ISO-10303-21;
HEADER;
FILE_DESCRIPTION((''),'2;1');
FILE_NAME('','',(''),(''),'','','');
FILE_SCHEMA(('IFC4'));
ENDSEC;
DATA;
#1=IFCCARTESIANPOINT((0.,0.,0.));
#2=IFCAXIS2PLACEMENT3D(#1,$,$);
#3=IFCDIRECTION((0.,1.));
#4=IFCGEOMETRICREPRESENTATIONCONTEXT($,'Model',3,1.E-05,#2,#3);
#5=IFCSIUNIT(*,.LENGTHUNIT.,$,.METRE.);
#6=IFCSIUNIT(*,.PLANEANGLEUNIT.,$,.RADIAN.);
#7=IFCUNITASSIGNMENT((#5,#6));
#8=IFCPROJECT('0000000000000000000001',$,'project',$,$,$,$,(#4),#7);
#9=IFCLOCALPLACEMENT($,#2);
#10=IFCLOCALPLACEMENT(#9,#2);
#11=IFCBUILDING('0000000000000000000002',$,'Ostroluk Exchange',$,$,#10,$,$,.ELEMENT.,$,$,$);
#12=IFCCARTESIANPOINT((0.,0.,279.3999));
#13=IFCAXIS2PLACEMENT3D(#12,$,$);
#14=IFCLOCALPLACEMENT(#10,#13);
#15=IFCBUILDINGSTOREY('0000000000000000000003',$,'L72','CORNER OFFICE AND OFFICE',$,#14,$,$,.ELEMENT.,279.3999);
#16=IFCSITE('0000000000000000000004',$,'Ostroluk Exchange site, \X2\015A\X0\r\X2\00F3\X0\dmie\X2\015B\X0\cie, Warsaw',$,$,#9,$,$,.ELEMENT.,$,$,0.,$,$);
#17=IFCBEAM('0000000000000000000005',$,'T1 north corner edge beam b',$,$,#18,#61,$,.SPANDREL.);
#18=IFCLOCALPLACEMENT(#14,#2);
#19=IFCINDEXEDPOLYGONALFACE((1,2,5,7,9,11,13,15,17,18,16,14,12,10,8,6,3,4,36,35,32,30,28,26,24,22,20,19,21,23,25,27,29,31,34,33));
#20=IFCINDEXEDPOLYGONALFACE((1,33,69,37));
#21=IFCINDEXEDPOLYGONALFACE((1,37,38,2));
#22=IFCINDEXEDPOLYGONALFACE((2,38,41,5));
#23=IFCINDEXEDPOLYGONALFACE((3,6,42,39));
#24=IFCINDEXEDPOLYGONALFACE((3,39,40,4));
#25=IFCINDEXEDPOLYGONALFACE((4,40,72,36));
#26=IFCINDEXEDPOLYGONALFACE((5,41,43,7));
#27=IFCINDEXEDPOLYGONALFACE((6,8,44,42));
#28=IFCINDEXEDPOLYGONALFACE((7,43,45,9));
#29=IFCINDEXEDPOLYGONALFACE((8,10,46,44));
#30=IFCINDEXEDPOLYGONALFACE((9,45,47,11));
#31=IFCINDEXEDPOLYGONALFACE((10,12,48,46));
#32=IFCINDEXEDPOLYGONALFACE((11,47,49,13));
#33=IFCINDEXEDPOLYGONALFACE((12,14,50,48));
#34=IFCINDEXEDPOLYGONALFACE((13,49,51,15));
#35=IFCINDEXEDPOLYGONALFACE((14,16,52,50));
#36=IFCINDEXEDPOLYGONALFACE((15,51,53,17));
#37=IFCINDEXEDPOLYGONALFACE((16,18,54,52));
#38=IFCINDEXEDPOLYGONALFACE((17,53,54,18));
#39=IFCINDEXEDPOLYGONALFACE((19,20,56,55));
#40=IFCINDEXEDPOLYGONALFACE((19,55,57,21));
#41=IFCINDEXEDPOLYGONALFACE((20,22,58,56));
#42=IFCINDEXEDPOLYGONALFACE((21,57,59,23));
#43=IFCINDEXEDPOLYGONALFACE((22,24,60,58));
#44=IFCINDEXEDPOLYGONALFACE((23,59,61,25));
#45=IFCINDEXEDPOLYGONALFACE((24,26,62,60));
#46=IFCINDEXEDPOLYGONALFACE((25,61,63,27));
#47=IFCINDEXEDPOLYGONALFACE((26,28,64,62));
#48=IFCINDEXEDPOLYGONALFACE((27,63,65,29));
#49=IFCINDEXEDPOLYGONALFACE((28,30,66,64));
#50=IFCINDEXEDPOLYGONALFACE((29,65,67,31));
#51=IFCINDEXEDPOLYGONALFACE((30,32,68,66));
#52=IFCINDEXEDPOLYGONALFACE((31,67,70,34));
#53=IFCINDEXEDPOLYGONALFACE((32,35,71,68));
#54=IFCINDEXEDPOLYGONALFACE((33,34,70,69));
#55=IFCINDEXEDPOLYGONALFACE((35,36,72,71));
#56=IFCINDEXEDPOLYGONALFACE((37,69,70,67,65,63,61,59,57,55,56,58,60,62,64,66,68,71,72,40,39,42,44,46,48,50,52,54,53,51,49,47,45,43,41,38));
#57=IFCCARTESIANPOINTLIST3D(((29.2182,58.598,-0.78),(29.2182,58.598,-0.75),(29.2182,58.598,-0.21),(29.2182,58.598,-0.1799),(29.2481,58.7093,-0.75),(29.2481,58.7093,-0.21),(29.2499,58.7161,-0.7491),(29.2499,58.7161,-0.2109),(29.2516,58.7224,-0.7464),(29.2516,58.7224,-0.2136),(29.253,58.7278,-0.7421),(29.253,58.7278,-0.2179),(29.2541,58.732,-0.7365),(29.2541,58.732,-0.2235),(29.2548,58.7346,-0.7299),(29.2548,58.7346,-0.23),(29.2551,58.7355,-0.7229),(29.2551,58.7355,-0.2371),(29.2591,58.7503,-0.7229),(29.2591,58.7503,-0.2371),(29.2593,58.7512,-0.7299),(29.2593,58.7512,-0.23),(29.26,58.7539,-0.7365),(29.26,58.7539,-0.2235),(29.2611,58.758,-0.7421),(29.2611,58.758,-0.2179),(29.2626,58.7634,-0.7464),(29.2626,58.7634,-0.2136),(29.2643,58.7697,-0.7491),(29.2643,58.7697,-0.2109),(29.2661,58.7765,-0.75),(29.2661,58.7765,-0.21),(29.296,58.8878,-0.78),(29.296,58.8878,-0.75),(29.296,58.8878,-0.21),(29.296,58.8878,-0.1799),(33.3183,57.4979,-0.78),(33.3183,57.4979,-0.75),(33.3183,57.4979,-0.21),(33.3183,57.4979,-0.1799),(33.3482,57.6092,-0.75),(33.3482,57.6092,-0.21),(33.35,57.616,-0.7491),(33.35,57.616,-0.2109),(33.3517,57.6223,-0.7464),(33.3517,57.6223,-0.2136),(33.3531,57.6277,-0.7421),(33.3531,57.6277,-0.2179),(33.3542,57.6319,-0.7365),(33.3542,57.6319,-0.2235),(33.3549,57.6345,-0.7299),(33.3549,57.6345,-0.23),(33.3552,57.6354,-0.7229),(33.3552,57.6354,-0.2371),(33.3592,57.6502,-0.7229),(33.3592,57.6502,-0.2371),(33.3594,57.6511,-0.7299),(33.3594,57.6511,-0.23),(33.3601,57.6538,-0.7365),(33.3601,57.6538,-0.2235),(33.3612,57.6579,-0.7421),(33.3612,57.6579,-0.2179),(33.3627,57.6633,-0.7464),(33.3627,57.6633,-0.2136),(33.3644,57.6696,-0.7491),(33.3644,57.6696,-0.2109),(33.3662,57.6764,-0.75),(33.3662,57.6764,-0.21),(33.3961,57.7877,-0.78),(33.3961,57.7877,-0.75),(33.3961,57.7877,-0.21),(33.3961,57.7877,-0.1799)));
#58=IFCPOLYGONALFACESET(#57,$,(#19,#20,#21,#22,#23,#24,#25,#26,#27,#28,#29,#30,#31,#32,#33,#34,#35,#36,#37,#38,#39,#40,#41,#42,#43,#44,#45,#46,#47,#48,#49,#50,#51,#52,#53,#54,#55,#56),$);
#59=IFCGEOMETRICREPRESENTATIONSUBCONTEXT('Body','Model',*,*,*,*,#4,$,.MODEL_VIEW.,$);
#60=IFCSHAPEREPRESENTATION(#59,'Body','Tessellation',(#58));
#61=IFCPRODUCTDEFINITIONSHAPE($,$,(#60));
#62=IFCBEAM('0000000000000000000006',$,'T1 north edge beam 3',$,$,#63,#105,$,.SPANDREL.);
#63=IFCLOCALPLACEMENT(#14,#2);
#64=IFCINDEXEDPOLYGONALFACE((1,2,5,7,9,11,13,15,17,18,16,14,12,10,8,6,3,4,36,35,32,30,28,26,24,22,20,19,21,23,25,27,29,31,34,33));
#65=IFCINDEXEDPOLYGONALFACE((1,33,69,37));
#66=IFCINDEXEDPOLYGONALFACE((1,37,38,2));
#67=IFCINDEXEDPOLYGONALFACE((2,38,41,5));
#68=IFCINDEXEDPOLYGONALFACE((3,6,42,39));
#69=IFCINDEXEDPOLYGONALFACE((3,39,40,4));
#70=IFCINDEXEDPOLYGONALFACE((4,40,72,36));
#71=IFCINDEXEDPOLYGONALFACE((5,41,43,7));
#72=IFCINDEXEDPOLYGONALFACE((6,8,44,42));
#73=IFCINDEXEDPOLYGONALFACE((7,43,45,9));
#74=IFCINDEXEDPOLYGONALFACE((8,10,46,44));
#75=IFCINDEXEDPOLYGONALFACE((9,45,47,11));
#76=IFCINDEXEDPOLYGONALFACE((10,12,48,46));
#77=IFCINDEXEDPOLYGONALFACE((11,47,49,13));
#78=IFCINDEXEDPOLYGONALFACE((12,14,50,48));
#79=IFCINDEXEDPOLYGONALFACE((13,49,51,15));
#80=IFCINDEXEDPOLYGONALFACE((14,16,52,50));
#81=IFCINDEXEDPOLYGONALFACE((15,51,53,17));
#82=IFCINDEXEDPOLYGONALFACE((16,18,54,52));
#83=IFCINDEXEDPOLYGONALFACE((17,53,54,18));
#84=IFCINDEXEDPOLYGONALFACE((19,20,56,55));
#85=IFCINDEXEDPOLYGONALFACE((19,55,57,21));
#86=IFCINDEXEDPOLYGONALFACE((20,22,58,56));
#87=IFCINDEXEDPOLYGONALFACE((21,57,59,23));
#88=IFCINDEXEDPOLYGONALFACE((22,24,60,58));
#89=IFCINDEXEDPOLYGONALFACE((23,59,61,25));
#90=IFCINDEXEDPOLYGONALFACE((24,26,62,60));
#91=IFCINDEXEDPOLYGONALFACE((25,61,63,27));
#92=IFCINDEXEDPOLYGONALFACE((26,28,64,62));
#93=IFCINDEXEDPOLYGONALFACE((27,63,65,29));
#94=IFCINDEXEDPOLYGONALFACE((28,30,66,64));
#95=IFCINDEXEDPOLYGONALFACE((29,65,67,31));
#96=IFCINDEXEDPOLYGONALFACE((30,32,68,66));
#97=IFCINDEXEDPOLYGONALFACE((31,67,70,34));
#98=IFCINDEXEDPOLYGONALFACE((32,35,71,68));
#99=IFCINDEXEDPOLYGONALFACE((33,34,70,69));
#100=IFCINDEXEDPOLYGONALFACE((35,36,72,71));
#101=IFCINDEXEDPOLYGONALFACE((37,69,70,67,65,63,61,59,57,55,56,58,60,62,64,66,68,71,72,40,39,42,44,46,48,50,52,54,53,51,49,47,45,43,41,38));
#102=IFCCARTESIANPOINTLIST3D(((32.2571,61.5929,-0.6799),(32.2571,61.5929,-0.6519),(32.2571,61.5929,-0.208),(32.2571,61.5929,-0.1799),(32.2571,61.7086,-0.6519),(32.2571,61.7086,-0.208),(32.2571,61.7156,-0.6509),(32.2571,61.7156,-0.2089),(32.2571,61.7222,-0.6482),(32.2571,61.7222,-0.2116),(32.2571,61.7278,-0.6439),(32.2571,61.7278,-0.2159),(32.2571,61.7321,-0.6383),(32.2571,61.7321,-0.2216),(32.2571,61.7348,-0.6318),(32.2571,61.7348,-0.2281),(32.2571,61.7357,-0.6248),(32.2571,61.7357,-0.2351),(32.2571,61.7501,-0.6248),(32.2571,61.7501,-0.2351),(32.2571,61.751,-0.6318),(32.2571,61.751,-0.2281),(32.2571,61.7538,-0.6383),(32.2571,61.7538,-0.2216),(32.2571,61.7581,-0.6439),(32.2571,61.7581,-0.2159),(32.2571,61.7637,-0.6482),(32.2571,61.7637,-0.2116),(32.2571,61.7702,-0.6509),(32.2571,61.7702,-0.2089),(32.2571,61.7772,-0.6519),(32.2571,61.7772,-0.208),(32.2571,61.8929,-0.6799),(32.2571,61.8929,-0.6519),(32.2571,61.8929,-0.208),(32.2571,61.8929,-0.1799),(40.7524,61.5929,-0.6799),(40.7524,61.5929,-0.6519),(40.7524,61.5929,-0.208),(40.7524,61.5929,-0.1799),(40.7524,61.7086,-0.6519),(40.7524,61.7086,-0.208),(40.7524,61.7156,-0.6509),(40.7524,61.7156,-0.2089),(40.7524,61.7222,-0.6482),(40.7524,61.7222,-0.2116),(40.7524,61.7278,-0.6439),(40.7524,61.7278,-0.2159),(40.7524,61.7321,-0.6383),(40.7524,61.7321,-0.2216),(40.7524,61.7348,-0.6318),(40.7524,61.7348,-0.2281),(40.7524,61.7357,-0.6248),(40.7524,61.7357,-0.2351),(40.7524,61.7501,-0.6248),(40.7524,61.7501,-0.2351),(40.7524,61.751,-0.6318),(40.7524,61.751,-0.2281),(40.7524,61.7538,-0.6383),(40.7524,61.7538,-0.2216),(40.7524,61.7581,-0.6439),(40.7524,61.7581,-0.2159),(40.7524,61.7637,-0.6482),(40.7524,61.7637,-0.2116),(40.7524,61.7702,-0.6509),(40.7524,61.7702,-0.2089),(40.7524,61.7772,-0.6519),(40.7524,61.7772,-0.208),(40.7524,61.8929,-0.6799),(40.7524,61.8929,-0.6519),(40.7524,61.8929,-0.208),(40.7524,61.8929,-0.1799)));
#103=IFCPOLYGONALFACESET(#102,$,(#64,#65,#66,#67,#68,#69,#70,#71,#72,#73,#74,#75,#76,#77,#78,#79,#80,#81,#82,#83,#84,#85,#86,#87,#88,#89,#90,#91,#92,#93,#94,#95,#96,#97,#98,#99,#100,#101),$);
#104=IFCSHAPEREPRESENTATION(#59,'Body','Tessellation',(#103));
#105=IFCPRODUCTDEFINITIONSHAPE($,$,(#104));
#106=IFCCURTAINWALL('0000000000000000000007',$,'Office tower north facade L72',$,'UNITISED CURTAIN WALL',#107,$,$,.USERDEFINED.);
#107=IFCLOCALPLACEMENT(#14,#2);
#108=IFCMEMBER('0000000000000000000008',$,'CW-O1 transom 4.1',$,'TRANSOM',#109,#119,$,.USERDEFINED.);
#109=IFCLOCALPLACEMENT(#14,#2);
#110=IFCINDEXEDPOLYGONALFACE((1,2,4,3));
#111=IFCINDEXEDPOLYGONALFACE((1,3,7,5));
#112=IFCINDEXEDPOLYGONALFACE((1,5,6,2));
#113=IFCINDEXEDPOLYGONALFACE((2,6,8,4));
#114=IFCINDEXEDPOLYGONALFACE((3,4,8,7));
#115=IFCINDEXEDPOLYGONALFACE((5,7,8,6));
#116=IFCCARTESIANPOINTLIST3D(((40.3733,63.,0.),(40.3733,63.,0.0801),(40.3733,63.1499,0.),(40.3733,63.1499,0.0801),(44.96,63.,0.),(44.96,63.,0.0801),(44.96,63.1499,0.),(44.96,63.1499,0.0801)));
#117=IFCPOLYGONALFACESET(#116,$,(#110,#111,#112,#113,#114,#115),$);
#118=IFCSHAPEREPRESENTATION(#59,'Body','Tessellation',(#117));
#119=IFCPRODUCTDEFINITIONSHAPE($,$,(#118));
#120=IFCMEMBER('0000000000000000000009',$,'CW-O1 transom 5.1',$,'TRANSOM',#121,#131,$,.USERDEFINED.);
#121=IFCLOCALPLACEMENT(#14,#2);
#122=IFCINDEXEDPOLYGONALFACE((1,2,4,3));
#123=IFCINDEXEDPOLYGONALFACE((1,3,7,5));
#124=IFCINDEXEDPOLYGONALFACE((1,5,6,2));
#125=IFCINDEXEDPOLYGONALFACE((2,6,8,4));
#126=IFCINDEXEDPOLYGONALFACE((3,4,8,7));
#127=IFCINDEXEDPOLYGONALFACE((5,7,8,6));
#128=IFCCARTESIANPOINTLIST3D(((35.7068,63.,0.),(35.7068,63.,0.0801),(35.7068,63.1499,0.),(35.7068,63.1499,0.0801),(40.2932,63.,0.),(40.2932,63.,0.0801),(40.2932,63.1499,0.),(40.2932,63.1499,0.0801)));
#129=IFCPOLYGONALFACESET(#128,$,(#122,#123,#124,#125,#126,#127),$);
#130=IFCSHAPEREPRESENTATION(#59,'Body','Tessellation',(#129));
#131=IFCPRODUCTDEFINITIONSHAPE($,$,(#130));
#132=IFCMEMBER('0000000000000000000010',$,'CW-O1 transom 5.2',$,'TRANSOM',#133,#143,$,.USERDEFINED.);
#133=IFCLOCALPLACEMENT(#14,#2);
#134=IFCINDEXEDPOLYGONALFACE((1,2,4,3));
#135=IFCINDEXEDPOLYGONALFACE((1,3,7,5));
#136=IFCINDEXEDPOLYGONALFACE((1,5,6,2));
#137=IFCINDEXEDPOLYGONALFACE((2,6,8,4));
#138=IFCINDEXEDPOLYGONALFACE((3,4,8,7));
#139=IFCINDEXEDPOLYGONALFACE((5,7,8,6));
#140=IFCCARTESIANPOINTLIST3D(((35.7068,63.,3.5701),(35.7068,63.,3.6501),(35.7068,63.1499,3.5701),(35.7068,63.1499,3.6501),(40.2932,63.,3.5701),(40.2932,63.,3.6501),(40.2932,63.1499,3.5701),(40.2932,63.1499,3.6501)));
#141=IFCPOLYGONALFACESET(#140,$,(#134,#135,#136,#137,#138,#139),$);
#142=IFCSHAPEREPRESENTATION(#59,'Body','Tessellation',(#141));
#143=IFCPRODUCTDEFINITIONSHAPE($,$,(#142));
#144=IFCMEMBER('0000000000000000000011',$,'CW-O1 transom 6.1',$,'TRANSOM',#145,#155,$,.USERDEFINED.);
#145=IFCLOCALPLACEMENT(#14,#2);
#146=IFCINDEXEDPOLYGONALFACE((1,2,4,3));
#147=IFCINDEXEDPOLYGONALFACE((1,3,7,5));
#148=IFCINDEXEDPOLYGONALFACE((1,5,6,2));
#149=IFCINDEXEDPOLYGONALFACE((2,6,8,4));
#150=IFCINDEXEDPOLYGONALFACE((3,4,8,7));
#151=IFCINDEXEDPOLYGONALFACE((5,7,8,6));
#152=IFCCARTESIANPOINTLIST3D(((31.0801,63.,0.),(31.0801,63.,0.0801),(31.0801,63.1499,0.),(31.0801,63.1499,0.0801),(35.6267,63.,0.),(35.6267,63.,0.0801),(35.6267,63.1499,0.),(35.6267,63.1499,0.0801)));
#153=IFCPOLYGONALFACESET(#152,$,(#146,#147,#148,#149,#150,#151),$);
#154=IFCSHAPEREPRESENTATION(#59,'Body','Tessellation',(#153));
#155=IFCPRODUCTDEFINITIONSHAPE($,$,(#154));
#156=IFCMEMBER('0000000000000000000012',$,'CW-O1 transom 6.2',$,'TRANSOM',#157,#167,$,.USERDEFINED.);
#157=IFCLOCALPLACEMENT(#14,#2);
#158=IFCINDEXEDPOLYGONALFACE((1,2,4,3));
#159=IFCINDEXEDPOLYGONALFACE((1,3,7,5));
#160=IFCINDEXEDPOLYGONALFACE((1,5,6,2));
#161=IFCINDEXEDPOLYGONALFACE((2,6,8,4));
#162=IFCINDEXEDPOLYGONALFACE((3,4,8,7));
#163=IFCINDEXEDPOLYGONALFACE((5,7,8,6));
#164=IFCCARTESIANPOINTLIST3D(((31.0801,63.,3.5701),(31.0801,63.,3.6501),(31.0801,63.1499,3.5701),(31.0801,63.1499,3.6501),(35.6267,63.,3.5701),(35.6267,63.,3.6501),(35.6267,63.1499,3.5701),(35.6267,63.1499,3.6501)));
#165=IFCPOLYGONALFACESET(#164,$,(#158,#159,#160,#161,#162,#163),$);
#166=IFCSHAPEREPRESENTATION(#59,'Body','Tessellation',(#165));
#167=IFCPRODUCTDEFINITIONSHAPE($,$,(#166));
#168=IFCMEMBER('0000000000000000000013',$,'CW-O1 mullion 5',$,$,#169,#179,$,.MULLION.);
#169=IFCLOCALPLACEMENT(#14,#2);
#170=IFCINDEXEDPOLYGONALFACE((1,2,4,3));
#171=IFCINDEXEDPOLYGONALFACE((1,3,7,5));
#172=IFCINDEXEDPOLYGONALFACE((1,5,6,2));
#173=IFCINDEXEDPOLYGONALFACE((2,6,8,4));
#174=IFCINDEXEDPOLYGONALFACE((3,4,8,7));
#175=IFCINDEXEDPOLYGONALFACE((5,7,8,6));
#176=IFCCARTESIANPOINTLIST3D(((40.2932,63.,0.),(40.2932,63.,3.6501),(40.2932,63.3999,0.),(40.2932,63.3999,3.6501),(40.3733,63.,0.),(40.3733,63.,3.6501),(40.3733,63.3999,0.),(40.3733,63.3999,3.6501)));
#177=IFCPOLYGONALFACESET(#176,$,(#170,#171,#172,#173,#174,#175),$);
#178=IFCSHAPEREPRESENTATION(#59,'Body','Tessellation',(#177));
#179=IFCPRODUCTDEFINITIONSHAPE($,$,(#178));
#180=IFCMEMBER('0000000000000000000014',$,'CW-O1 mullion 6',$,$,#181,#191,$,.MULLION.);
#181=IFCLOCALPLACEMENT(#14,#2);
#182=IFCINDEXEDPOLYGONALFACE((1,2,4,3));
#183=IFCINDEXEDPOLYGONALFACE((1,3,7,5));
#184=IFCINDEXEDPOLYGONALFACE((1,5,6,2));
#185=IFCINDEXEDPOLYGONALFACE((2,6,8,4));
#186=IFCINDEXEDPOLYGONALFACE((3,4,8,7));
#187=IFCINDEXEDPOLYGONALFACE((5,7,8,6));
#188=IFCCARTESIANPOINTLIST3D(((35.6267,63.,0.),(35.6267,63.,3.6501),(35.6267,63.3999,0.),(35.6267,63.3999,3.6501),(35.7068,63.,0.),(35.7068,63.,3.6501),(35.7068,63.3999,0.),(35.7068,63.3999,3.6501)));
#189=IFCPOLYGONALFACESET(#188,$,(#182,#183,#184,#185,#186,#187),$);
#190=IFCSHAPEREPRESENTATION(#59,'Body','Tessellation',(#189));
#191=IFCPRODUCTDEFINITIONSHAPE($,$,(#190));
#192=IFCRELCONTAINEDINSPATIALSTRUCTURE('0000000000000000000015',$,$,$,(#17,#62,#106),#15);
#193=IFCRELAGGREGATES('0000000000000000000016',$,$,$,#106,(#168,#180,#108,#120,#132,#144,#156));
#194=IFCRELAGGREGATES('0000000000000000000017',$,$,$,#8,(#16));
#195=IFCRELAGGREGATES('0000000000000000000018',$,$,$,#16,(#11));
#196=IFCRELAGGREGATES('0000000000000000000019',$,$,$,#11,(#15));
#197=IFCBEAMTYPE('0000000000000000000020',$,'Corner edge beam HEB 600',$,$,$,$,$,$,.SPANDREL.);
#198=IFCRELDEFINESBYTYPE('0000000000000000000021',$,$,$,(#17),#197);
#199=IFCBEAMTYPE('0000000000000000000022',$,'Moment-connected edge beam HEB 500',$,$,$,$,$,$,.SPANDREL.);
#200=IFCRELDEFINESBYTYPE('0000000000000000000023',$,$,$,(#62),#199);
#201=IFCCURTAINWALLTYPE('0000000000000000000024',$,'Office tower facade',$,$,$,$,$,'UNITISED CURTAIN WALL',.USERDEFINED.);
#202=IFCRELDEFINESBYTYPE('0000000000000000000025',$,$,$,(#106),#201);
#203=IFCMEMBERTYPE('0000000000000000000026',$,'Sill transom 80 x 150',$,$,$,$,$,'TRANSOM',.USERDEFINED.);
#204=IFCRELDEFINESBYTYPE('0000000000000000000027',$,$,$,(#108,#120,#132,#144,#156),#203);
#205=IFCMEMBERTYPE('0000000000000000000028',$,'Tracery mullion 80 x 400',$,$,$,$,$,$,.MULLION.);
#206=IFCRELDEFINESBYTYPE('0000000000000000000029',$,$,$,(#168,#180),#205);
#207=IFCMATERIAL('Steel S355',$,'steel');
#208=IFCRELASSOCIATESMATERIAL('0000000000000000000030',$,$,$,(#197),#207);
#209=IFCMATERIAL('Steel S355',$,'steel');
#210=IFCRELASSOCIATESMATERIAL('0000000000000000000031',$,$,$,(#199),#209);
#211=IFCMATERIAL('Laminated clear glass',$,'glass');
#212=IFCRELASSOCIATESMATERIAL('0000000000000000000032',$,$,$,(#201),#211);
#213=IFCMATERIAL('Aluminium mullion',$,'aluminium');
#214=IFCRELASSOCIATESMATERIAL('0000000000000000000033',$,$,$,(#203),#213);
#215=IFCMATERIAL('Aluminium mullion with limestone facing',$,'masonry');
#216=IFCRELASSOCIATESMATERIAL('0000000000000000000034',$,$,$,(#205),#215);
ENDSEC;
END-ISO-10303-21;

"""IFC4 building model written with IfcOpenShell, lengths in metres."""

from ifc_helpers import new_model, si_unit, direction, frame, origin, origin_2d, place, context, subcontext, project, spatial, rectangle, i_section, extrude, material, material_profile, profile_set, type_object, element, aggregate, save


model = new_model("IFC4")

# Units and contexts
model_context = context("Model", 3, precision=1e-05, world=origin(), true_north=direction((0.0, 1.0)))
body_context = subcontext(model_context, "Body", "Model", "MODEL_VIEW")
ifc_project = project(units=[si_unit("LENGTHUNIT", "METRE"), si_unit("PLANEANGLEUNIT", "RADIAN")], contexts=[model_context])

# Site, building, storey
site_placement = place(None, origin())
site = spatial("IfcSite", under=ifc_project, at=site_placement, Name="Ostroluk Exchange site, Śródmieście, Warsaw", CompositionType="ELEMENT", RefElevation=0.0)
building_placement = place(site_placement, origin())
building = spatial("IfcBuilding", under=site, at=building_placement, Name="Ostroluk Exchange", CompositionType="ELEMENT")
storey_placement = place(building_placement, frame((0.0, 0.0, 279.3999)))
storey = spatial("IfcBuildingStorey", under=building, at=storey_placement, Name="L72", Description="CORNER OFFICE AND OFFICE", CompositionType="ELEMENT", Elevation=279.3999)

# Beams
ifc_material_1 = material(Name="Steel S355", Category="steel")
ifc_material_profile_1 = material_profile(ifc_material_1, i_section(OverallWidth=0.3, OverallDepth=0.6001, WebThickness=0.0154, FlangeThickness=0.03, FilletRadius=0.0271, at=origin_2d()), Name="HEB 600")
ifc_profile_set_1 = profile_set([ifc_material_profile_1], Name="Steel S355")
beam_type_1 = type_object("IfcBeamType", Name="Corner edge beam HEB 600", PredefinedType="SPANDREL", material=ifc_profile_set_1)
for number, where, z_axis, x_axis, name in (
    (1, (33.3572, 57.6428, -0.48), (-0.965839, 0.259144, 0.0), (-0.259144, -0.965839, 0.0), "T1 north corner edge beam b"),
):
    element("IfcBeam", number, at=place(storey_placement, frame(where, z_axis=z_axis, x_axis=x_axis)), inside=storey, type_object=beam_type_1, Name=name, PredefinedType="SPANDREL", context=body_context, shape_type="SweptSolid", body=[
        extrude(i_section(OverallWidth=0.3, OverallDepth=0.6001, WebThickness=0.0154, FlangeThickness=0.03, FilletRadius=0.0271, at=origin_2d()), origin(), (0.0, 0.0, 1.0), 4.2451),
    ])
ifc_material_2 = material(Name="Steel S355", Category="steel")
ifc_material_profile_2 = material_profile(ifc_material_2, i_section(OverallWidth=0.3, OverallDepth=0.5, WebThickness=0.0144, FlangeThickness=0.0281, FilletRadius=0.0271, at=origin_2d()), Name="HEB 500")
ifc_profile_set_2 = profile_set([ifc_material_profile_2], Name="Steel S355")
beam_type_2 = type_object("IfcBeamType", Name="Moment-connected edge beam HEB 500", PredefinedType="SPANDREL", material=ifc_profile_set_2)
beam_1_placement = place(storey_placement, frame((40.7524, 61.7429, -0.4299), z_axis=(-1.0, 0.0, 0.0), x_axis=(0.0, -1.0, 0.0)))
element("IfcBeam", 2, at=beam_1_placement, inside=storey, type_object=beam_type_2, Name="T1 north edge beam 3", PredefinedType="SPANDREL", context=body_context, shape_type="SweptSolid", body=[
    extrude(i_section(OverallWidth=0.3, OverallDepth=0.5, WebThickness=0.0144, FlangeThickness=0.0281, FilletRadius=0.0271, at=origin_2d()), origin(), (0.0, 0.0, 1.0), 8.4954),
])

# Curtain wall, members
ifc_material_3 = material(Name="Laminated clear glass", Category="glass")
curtain_wall_type = type_object("IfcCurtainWallType", Name="Office tower facade", ElementType="UNITISED CURTAIN WALL", PredefinedType="USERDEFINED", material=ifc_material_3)
curtain_wall_placement = place(storey_placement, origin())
curtain_wall = element("IfcCurtainWall", 3, at=curtain_wall_placement, inside=storey, type_object=curtain_wall_type, Name="Office tower north facade L72", ObjectType="UNITISED CURTAIN WALL", PredefinedType="USERDEFINED")
ifc_material_4 = material(Name="Aluminium mullion", Category="aluminium")
ifc_material_profile_3 = material_profile(ifc_material_4, rectangle(XDim=0.1499, YDim=0.0801, at=origin_2d()), Name="Sill transom 80 x 150")
ifc_profile_set_3 = profile_set([ifc_material_profile_3], Name="Aluminium mullion")
member_type_1 = type_object("IfcMemberType", Name="Sill transom 80 x 150", ElementType="TRANSOM", PredefinedType="USERDEFINED", material=ifc_profile_set_3)
member_1_placement = place(storey_placement, frame((44.96, 63.075, 0.04), z_axis=(-1.0, 0.0, 0.0), x_axis=(0.0, -1.0, 0.0)))
member_1 = element("IfcMember", 4, at=member_1_placement, type_object=member_type_1, Name="CW-O1 transom 4.1", ObjectType="TRANSOM", PredefinedType="USERDEFINED", context=body_context, shape_type="SweptSolid", body=[
    extrude(rectangle(XDim=0.1499, YDim=0.0801, at=origin_2d()), origin(), (0.0, 0.0, 1.0), 4.5867),
])
member_2_placement = place(storey_placement, frame((40.2932, 63.075, 0.04), z_axis=(-1.0, 0.0, 0.0), x_axis=(0.0, -1.0, 0.0)))
member_2 = element("IfcMember", 5, at=member_2_placement, type_object=member_type_1, Name="CW-O1 transom 5.1", ObjectType="TRANSOM", PredefinedType="USERDEFINED", context=body_context, shape_type="SweptSolid", body=[
    extrude(rectangle(XDim=0.1499, YDim=0.0801, at=origin_2d()), origin(), (0.0, 0.0, 1.0), 4.5864),
])
member_3_placement = place(storey_placement, frame((40.2932, 63.075, 3.6101), z_axis=(-1.0, 0.0, 0.0), x_axis=(0.0, -1.0, 0.0)))
member_3 = element("IfcMember", 6, at=member_3_placement, type_object=member_type_1, Name="CW-O1 transom 5.2", ObjectType="TRANSOM", PredefinedType="USERDEFINED", context=body_context, shape_type="SweptSolid", body=[
    extrude(rectangle(XDim=0.1499, YDim=0.0801, at=origin_2d()), origin(), (0.0, 0.0, 1.0), 4.5864),
])
member_4_placement = place(storey_placement, frame((35.6267, 63.075, 0.04), z_axis=(-1.0, 0.0, 0.0), x_axis=(0.0, -1.0, 0.0)))
member_4 = element("IfcMember", 7, at=member_4_placement, type_object=member_type_1, Name="CW-O1 transom 6.1", ObjectType="TRANSOM", PredefinedType="USERDEFINED", context=body_context, shape_type="SweptSolid", body=[
    extrude(rectangle(XDim=0.1499, YDim=0.0801, at=origin_2d()), origin(), (0.0, 0.0, 1.0), 4.5466),
])
member_5_placement = place(storey_placement, frame((35.6267, 63.075, 3.6101), z_axis=(-1.0, 0.0, 0.0), x_axis=(0.0, -1.0, 0.0)))
member_5 = element("IfcMember", 8, at=member_5_placement, type_object=member_type_1, Name="CW-O1 transom 6.2", ObjectType="TRANSOM", PredefinedType="USERDEFINED", context=body_context, shape_type="SweptSolid", body=[
    extrude(rectangle(XDim=0.1499, YDim=0.0801, at=origin_2d()), origin(), (0.0, 0.0, 1.0), 4.5466),
])
ifc_material_5 = material(Name="Aluminium mullion with limestone facing", Category="masonry")
ifc_material_profile_4 = material_profile(ifc_material_5, rectangle(XDim=0.3999, YDim=0.0801, at=origin_2d()), Name="Tracery mullion 80 x 400")
ifc_profile_set_4 = profile_set([ifc_material_profile_4], Name="Aluminium mullion with limestone facing")
member_type_2 = type_object("IfcMemberType", Name="Tracery mullion 80 x 400", PredefinedType="MULLION", material=ifc_profile_set_4)
member_6_placement = place(storey_placement, frame((40.3333, 63.2, 0.0), z_axis=(0.0, 0.0, 1.0), x_axis=(0.0, -1.0, 0.0)))
member_6 = element("IfcMember", 9, at=member_6_placement, type_object=member_type_2, Name="CW-O1 mullion 5", PredefinedType="MULLION", context=body_context, shape_type="SweptSolid", body=[
    extrude(rectangle(XDim=0.3999, YDim=0.0801, at=origin_2d()), origin(), (0.0, 0.0, 1.0), 3.6501),
])
member_7_placement = place(storey_placement, frame((35.6667, 63.2, 0.0), z_axis=(0.0, 0.0, 1.0), x_axis=(0.0, -1.0, 0.0)))
member_7 = element("IfcMember", 10, at=member_7_placement, type_object=member_type_2, Name="CW-O1 mullion 6", PredefinedType="MULLION", context=body_context, shape_type="SweptSolid", body=[
    extrude(rectangle(XDim=0.3999, YDim=0.0801, at=origin_2d()), origin(), (0.0, 0.0, 1.0), 3.6501),
])
aggregate(curtain_wall, [member_6, member_7, member_1, member_2, member_3, member_4, member_5])

save(model, "model.ifc")
